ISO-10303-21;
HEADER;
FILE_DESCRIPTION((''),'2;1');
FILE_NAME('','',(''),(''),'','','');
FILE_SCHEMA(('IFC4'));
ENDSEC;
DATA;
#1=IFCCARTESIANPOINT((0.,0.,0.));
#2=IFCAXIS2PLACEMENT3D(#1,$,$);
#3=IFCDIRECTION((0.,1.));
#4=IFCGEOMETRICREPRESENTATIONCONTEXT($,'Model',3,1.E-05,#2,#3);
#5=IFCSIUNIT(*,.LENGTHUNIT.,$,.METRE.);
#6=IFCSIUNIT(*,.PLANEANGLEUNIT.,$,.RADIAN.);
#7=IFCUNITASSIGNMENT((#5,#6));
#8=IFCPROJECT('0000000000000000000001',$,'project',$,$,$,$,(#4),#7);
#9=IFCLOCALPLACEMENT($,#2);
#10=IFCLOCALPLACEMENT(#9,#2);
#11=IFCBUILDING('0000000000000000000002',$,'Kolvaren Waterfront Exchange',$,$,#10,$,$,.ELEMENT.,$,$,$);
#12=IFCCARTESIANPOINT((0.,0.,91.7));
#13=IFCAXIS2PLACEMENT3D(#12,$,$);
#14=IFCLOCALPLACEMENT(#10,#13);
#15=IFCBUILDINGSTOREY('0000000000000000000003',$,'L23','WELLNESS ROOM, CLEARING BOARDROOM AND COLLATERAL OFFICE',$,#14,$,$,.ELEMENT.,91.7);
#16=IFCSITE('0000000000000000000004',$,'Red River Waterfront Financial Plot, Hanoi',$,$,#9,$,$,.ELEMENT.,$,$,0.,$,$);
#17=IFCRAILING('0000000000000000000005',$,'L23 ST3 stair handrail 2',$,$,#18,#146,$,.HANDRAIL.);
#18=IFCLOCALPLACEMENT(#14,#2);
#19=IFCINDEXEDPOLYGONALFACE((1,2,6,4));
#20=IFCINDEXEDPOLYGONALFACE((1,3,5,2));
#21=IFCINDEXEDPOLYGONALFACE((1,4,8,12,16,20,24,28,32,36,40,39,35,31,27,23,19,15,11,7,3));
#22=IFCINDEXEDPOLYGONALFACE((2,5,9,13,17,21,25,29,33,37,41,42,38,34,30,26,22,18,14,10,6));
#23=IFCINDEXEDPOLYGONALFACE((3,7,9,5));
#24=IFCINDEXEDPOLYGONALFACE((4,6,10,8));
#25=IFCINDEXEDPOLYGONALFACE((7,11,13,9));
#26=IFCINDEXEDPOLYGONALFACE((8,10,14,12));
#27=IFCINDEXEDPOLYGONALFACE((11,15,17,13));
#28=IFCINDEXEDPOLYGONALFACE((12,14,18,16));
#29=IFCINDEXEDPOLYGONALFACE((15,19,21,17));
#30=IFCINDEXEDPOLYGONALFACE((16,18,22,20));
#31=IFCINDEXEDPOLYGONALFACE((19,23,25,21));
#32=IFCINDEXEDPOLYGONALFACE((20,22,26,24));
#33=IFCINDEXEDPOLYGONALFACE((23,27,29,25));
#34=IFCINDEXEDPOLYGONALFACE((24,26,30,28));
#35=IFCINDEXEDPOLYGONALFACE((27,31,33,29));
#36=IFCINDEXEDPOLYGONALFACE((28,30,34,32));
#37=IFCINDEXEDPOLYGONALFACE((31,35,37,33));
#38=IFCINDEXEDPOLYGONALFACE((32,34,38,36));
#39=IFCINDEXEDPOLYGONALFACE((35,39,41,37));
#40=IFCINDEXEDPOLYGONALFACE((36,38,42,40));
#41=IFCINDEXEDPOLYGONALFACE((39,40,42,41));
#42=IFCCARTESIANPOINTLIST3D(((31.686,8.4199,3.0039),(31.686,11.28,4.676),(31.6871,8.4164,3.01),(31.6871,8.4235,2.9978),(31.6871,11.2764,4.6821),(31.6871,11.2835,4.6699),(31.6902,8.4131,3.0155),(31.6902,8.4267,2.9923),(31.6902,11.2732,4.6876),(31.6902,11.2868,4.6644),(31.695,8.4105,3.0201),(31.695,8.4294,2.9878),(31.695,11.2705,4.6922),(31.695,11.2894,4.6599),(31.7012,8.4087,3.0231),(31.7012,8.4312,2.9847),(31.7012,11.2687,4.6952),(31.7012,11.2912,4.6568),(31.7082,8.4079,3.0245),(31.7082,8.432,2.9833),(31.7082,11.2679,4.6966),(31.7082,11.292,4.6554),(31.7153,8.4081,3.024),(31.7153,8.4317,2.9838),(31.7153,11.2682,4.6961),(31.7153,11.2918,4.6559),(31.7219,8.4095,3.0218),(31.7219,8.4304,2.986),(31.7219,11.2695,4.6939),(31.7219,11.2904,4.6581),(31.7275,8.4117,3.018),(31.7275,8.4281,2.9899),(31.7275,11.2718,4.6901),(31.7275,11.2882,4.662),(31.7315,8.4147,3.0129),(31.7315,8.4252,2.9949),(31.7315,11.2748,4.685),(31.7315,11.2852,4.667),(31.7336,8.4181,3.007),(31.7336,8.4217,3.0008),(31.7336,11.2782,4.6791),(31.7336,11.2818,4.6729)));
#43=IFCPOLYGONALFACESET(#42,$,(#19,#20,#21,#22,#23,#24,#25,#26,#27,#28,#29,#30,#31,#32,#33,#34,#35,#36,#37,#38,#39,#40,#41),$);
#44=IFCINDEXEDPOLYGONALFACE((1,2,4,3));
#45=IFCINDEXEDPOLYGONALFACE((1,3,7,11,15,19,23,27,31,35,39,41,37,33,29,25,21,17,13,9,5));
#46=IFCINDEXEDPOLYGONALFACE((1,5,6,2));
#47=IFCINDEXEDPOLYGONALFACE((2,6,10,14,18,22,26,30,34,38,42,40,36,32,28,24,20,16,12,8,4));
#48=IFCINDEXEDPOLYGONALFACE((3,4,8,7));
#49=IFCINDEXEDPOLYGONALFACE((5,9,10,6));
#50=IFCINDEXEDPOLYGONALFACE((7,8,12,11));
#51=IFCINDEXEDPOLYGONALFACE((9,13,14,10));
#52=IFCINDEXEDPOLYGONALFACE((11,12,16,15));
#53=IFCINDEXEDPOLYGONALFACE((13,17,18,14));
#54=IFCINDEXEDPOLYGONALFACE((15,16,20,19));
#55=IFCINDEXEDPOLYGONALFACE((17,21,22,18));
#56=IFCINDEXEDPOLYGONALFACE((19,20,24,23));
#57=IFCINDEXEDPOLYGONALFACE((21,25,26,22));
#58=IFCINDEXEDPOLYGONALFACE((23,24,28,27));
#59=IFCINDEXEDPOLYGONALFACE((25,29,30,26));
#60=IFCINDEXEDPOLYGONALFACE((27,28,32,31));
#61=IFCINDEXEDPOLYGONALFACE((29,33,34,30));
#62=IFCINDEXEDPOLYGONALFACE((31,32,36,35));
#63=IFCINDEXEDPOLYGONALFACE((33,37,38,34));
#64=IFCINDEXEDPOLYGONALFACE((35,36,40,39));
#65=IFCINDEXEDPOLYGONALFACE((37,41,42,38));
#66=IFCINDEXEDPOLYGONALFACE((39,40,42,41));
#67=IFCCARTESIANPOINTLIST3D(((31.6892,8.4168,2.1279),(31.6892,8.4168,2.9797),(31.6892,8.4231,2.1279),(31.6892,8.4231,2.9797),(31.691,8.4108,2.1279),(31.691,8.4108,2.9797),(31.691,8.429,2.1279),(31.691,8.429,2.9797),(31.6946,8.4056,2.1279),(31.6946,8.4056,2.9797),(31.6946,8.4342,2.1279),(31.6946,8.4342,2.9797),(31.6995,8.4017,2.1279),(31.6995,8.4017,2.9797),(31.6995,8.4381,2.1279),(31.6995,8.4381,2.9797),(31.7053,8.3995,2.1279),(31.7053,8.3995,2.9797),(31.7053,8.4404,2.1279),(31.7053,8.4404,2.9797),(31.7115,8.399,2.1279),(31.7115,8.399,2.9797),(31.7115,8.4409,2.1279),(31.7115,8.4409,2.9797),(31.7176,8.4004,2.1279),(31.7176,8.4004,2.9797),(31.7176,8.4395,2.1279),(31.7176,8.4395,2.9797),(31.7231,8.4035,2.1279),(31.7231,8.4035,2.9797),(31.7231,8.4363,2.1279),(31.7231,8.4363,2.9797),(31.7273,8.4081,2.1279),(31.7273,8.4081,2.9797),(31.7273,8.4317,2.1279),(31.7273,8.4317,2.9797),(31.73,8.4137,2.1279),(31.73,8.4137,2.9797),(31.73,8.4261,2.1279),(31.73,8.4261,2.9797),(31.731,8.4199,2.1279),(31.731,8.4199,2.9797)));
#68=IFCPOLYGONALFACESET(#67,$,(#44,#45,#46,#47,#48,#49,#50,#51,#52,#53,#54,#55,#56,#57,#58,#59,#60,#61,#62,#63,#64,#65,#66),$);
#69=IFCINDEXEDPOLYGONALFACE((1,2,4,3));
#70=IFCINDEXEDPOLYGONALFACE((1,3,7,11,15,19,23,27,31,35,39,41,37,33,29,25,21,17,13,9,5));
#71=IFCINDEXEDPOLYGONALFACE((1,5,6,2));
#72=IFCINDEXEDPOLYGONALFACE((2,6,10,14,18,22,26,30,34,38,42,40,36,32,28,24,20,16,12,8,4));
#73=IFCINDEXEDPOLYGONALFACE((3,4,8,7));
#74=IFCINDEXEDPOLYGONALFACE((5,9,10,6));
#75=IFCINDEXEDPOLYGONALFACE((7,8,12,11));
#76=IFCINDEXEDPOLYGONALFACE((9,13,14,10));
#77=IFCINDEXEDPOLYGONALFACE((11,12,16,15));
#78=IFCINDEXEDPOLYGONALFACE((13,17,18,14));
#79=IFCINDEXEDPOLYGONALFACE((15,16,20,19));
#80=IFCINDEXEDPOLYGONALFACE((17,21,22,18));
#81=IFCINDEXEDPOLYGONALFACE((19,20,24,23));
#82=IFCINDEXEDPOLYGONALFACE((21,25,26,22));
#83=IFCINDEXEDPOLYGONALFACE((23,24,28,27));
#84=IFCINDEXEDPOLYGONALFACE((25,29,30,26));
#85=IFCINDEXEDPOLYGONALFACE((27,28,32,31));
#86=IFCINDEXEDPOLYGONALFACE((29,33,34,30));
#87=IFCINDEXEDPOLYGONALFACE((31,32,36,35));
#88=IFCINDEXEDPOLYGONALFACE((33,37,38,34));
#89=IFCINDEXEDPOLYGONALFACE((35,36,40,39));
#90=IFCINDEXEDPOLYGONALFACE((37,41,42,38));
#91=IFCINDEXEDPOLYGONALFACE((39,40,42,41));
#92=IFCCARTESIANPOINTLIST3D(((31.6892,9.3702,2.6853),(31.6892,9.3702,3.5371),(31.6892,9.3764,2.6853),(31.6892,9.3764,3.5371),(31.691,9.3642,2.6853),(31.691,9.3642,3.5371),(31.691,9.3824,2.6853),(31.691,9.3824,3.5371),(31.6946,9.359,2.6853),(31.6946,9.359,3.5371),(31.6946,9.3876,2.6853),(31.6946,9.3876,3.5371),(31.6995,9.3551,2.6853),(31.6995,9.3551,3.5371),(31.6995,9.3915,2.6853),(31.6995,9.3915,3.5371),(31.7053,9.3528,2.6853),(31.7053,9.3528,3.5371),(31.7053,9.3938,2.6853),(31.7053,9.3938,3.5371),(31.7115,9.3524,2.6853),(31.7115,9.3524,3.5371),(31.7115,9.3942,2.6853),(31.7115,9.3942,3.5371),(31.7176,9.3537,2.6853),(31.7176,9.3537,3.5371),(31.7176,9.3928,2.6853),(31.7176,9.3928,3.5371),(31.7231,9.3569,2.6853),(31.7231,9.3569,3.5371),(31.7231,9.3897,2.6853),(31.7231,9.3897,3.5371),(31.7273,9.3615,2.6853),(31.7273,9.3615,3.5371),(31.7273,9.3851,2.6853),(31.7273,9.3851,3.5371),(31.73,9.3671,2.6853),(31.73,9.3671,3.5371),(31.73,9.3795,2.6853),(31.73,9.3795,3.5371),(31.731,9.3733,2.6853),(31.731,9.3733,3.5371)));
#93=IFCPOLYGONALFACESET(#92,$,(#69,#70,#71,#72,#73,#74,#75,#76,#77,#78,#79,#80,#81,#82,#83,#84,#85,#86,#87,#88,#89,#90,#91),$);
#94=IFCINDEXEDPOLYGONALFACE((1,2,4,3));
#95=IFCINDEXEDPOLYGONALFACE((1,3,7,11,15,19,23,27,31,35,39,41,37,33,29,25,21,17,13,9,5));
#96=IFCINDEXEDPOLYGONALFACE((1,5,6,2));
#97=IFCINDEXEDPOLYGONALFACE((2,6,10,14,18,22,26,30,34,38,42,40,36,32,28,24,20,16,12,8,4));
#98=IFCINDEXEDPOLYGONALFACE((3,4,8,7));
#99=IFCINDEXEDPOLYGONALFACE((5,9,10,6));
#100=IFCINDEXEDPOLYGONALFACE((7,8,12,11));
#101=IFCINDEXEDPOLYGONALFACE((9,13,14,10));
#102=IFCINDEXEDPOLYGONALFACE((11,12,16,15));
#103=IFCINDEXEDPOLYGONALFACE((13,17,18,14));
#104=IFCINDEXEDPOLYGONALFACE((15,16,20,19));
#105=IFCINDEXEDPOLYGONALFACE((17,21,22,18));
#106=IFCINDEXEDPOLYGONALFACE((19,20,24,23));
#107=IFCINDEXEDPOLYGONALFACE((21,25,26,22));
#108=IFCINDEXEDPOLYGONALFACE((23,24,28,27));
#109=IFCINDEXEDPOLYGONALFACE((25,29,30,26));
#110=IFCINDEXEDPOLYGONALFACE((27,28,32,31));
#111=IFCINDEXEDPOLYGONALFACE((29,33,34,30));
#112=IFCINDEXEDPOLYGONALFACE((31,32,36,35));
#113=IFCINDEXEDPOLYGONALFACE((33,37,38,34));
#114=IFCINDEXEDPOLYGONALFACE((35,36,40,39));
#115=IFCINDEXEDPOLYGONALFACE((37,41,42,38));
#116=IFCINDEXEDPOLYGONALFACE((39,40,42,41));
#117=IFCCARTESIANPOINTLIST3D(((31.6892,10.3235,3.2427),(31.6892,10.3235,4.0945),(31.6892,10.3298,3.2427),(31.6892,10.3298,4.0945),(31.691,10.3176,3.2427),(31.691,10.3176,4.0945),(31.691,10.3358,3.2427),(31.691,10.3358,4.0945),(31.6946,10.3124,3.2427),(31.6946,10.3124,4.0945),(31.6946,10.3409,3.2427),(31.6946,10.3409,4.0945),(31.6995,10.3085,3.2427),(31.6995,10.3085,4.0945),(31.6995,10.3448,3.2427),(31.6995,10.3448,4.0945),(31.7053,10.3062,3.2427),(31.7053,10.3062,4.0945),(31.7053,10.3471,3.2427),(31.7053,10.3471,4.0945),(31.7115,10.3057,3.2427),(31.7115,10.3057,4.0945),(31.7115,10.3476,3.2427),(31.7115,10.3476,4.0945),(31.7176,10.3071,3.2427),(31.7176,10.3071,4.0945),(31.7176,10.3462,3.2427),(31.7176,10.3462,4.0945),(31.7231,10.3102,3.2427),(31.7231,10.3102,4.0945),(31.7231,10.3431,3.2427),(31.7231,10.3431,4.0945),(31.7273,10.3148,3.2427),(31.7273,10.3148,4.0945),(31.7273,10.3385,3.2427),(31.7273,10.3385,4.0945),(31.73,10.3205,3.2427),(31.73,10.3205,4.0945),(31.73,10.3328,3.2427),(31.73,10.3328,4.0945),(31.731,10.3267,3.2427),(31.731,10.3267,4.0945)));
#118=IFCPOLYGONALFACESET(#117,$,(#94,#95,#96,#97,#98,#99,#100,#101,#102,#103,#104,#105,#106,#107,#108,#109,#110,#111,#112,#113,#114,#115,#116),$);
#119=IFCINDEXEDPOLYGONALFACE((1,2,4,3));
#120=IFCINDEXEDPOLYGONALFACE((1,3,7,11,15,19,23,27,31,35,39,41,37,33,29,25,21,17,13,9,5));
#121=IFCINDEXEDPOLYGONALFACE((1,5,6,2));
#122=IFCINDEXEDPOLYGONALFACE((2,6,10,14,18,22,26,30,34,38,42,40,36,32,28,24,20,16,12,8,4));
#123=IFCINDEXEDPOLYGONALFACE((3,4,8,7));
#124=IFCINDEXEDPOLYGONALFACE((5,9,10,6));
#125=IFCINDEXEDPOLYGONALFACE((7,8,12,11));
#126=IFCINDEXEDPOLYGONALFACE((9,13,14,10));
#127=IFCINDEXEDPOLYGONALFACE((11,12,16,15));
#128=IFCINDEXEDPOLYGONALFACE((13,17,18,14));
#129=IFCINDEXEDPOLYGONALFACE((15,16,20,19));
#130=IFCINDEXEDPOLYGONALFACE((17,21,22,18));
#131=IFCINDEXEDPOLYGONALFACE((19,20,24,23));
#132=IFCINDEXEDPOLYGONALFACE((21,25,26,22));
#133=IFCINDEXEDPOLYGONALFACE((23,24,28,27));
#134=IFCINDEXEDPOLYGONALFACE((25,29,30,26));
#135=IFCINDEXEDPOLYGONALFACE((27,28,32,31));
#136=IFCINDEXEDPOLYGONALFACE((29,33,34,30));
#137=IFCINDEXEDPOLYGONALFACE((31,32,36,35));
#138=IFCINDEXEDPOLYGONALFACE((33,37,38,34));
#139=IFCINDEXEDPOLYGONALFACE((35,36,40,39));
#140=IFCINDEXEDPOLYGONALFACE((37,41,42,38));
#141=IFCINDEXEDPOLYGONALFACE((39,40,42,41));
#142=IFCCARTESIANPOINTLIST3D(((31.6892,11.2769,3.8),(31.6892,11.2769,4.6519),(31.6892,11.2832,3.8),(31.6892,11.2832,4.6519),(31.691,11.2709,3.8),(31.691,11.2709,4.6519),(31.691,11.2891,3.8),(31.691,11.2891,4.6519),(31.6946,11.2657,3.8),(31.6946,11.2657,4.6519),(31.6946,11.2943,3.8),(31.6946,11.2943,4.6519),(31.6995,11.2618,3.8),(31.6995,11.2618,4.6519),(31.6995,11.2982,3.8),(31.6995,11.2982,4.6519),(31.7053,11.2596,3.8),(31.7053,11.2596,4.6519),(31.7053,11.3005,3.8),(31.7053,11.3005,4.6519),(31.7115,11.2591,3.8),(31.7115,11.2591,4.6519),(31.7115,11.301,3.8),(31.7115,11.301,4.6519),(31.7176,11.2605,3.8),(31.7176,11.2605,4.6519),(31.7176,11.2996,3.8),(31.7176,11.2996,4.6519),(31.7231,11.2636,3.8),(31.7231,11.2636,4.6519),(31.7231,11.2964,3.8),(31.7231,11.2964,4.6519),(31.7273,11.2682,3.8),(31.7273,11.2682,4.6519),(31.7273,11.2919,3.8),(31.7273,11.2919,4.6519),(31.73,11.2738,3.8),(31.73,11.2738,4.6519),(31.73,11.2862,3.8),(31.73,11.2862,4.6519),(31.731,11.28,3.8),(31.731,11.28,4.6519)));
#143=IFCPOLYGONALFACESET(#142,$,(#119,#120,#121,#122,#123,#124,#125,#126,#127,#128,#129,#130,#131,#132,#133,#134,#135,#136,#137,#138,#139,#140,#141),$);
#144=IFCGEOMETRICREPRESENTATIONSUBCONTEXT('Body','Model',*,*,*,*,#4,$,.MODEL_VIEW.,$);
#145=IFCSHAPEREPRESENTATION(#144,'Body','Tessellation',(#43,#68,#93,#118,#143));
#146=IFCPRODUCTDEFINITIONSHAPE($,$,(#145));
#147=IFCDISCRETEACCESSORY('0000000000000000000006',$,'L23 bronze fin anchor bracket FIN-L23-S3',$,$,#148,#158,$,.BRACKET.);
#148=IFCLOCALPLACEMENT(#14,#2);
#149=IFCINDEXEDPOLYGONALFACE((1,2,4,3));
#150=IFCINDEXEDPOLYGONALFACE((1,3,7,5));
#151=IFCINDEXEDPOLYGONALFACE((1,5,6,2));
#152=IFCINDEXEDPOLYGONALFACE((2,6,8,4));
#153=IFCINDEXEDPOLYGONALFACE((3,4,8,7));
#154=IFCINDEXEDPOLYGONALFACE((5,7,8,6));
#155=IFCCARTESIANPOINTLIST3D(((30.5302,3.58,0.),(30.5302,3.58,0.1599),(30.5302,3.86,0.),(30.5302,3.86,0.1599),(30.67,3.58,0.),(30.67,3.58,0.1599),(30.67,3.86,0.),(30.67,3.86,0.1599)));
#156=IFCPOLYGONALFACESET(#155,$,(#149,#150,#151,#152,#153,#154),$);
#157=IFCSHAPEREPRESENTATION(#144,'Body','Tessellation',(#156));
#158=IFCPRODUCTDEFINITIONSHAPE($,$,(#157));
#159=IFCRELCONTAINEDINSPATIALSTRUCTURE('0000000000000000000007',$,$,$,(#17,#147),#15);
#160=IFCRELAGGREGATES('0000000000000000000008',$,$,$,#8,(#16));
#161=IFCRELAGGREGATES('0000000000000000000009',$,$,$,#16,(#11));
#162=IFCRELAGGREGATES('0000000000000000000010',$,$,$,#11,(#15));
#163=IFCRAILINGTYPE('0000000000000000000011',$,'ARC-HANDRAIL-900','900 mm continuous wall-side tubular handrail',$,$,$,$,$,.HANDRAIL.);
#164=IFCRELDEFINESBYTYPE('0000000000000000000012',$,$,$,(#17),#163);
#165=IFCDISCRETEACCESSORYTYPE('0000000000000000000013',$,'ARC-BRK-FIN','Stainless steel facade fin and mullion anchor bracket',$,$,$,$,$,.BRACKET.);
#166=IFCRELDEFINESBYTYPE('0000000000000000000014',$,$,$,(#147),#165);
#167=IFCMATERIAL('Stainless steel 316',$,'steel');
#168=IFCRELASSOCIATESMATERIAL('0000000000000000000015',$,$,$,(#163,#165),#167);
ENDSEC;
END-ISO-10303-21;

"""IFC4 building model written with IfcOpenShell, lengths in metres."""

from ifc_helpers import new_model, si_unit, direction, frame, origin, origin_with_axes, origin_2d, place, context, subcontext, project, spatial, rectangle, circle, extrude, source, transform, mapped, material, type_object, element, save


model = new_model("IFC4")

# Units and contexts
model_context = context("Model", 3, precision=1e-05, world=origin(), true_north=direction((0.0, 1.0)))
body_context = subcontext(model_context, "Body", "Model", "MODEL_VIEW")
ifc_project = project(units=[si_unit("LENGTHUNIT", "METRE"), si_unit("PLANEANGLEUNIT", "RADIAN")], contexts=[model_context])

# Site, building, storey
site_placement = place(None, origin())
site = spatial("IfcSite", under=ifc_project, at=site_placement, Name="Red River Waterfront Financial Plot, Hanoi", CompositionType="ELEMENT", RefElevation=0.0)
building_placement = place(site_placement, origin())
building = spatial("IfcBuilding", under=site, at=building_placement, Name="Kolvaren Waterfront Exchange", CompositionType="ELEMENT")
storey_placement = place(building_placement, frame((0.0, 0.0, 91.7)))
storey = spatial("IfcBuildingStorey", under=building, at=storey_placement, Name="L23", Description="WELLNESS ROOM, CLEARING BOARDROOM AND COLLATERAL OFFICE", CompositionType="ELEMENT", Elevation=91.7)

# Railing
ifc_material_1 = material(Name="Stainless steel 316", Category="steel")
railing_type_1 = type_object("IfcRailingType", Name="ARC-HANDRAIL-900", Description="900 mm continuous wall-side tubular handrail", PredefinedType="HANDRAIL", material=ifc_material_1)
railing_1_placement = place(storey_placement, frame((31.71, 8.4199, 2.1279)))
element("IfcRailing", 1, at=railing_1_placement, inside=storey, type_object=railing_type_1, Name="L23 ST3 stair handrail 2", PredefinedType="HANDRAIL", context=body_context, shape_type="SweptSolid", body=[
    extrude(circle(Radius=0.0239, at=origin_2d()), frame((0.0, 0.0, 0.876), z_axis=(0.0, 0.863289, 0.504709), x_axis=(-1.0, 0.0, 0.0)), (0.0, 0.0, 1.0), 3.313),
    extrude(circle(Radius=0.021, at=origin_2d()), origin(), (0.0, 0.0, 1.0), 0.8518),
    extrude(circle(Radius=0.021, at=origin_2d()), frame((0.0, 0.9534, 0.5574)), (0.0, 0.0, 1.0), 0.8518),
    extrude(circle(Radius=0.021, at=origin_2d()), frame((0.0, 1.9067, 1.1147)), (0.0, 0.0, 1.0), 0.8518),
    extrude(circle(Radius=0.021, at=origin_2d()), frame((0.0, 2.8601, 1.6721)), (0.0, 0.0, 1.0), 0.8518),
])

# Discrete accessory
discrete_accessory_type = type_object("IfcDiscreteAccessoryType", Name="ARC-BRK-FIN", Description="Stainless steel facade fin and mullion anchor bracket", PredefinedType="BRACKET", material=ifc_material_1)
shared_shape_1 = source(origin_with_axes(), body_context, "Body", "SweptSolid", [
    extrude(rectangle(XDim=0.28, YDim=0.1399, at=origin_2d()), origin(), (0.0, 0.0, 1.0), 0.1599),
])
discrete_accessory_placement = place(storey_placement, frame((30.6001, 3.72, 0.0), z_axis=(0.0, 0.0, 1.0), x_axis=(0.0, -1.0, 0.0)))
element("IfcDiscreteAccessory", 2, at=discrete_accessory_placement, inside=storey, type_object=discrete_accessory_type, Name="L23 bronze fin anchor bracket FIN-L23-S3", PredefinedType="BRACKET", context=body_context, shape_type="MappedRepresentation", body=[
    mapped(shared_shape_1, transform((0.0, 0.0, 0.0), x_axis=(1.0, 0.0, 0.0), y_axis=(0.0, 1.0, 0.0), z_axis=(0.0, 0.0, 1.0), scale=1.0)),
])

save(model, "model.ifc")
